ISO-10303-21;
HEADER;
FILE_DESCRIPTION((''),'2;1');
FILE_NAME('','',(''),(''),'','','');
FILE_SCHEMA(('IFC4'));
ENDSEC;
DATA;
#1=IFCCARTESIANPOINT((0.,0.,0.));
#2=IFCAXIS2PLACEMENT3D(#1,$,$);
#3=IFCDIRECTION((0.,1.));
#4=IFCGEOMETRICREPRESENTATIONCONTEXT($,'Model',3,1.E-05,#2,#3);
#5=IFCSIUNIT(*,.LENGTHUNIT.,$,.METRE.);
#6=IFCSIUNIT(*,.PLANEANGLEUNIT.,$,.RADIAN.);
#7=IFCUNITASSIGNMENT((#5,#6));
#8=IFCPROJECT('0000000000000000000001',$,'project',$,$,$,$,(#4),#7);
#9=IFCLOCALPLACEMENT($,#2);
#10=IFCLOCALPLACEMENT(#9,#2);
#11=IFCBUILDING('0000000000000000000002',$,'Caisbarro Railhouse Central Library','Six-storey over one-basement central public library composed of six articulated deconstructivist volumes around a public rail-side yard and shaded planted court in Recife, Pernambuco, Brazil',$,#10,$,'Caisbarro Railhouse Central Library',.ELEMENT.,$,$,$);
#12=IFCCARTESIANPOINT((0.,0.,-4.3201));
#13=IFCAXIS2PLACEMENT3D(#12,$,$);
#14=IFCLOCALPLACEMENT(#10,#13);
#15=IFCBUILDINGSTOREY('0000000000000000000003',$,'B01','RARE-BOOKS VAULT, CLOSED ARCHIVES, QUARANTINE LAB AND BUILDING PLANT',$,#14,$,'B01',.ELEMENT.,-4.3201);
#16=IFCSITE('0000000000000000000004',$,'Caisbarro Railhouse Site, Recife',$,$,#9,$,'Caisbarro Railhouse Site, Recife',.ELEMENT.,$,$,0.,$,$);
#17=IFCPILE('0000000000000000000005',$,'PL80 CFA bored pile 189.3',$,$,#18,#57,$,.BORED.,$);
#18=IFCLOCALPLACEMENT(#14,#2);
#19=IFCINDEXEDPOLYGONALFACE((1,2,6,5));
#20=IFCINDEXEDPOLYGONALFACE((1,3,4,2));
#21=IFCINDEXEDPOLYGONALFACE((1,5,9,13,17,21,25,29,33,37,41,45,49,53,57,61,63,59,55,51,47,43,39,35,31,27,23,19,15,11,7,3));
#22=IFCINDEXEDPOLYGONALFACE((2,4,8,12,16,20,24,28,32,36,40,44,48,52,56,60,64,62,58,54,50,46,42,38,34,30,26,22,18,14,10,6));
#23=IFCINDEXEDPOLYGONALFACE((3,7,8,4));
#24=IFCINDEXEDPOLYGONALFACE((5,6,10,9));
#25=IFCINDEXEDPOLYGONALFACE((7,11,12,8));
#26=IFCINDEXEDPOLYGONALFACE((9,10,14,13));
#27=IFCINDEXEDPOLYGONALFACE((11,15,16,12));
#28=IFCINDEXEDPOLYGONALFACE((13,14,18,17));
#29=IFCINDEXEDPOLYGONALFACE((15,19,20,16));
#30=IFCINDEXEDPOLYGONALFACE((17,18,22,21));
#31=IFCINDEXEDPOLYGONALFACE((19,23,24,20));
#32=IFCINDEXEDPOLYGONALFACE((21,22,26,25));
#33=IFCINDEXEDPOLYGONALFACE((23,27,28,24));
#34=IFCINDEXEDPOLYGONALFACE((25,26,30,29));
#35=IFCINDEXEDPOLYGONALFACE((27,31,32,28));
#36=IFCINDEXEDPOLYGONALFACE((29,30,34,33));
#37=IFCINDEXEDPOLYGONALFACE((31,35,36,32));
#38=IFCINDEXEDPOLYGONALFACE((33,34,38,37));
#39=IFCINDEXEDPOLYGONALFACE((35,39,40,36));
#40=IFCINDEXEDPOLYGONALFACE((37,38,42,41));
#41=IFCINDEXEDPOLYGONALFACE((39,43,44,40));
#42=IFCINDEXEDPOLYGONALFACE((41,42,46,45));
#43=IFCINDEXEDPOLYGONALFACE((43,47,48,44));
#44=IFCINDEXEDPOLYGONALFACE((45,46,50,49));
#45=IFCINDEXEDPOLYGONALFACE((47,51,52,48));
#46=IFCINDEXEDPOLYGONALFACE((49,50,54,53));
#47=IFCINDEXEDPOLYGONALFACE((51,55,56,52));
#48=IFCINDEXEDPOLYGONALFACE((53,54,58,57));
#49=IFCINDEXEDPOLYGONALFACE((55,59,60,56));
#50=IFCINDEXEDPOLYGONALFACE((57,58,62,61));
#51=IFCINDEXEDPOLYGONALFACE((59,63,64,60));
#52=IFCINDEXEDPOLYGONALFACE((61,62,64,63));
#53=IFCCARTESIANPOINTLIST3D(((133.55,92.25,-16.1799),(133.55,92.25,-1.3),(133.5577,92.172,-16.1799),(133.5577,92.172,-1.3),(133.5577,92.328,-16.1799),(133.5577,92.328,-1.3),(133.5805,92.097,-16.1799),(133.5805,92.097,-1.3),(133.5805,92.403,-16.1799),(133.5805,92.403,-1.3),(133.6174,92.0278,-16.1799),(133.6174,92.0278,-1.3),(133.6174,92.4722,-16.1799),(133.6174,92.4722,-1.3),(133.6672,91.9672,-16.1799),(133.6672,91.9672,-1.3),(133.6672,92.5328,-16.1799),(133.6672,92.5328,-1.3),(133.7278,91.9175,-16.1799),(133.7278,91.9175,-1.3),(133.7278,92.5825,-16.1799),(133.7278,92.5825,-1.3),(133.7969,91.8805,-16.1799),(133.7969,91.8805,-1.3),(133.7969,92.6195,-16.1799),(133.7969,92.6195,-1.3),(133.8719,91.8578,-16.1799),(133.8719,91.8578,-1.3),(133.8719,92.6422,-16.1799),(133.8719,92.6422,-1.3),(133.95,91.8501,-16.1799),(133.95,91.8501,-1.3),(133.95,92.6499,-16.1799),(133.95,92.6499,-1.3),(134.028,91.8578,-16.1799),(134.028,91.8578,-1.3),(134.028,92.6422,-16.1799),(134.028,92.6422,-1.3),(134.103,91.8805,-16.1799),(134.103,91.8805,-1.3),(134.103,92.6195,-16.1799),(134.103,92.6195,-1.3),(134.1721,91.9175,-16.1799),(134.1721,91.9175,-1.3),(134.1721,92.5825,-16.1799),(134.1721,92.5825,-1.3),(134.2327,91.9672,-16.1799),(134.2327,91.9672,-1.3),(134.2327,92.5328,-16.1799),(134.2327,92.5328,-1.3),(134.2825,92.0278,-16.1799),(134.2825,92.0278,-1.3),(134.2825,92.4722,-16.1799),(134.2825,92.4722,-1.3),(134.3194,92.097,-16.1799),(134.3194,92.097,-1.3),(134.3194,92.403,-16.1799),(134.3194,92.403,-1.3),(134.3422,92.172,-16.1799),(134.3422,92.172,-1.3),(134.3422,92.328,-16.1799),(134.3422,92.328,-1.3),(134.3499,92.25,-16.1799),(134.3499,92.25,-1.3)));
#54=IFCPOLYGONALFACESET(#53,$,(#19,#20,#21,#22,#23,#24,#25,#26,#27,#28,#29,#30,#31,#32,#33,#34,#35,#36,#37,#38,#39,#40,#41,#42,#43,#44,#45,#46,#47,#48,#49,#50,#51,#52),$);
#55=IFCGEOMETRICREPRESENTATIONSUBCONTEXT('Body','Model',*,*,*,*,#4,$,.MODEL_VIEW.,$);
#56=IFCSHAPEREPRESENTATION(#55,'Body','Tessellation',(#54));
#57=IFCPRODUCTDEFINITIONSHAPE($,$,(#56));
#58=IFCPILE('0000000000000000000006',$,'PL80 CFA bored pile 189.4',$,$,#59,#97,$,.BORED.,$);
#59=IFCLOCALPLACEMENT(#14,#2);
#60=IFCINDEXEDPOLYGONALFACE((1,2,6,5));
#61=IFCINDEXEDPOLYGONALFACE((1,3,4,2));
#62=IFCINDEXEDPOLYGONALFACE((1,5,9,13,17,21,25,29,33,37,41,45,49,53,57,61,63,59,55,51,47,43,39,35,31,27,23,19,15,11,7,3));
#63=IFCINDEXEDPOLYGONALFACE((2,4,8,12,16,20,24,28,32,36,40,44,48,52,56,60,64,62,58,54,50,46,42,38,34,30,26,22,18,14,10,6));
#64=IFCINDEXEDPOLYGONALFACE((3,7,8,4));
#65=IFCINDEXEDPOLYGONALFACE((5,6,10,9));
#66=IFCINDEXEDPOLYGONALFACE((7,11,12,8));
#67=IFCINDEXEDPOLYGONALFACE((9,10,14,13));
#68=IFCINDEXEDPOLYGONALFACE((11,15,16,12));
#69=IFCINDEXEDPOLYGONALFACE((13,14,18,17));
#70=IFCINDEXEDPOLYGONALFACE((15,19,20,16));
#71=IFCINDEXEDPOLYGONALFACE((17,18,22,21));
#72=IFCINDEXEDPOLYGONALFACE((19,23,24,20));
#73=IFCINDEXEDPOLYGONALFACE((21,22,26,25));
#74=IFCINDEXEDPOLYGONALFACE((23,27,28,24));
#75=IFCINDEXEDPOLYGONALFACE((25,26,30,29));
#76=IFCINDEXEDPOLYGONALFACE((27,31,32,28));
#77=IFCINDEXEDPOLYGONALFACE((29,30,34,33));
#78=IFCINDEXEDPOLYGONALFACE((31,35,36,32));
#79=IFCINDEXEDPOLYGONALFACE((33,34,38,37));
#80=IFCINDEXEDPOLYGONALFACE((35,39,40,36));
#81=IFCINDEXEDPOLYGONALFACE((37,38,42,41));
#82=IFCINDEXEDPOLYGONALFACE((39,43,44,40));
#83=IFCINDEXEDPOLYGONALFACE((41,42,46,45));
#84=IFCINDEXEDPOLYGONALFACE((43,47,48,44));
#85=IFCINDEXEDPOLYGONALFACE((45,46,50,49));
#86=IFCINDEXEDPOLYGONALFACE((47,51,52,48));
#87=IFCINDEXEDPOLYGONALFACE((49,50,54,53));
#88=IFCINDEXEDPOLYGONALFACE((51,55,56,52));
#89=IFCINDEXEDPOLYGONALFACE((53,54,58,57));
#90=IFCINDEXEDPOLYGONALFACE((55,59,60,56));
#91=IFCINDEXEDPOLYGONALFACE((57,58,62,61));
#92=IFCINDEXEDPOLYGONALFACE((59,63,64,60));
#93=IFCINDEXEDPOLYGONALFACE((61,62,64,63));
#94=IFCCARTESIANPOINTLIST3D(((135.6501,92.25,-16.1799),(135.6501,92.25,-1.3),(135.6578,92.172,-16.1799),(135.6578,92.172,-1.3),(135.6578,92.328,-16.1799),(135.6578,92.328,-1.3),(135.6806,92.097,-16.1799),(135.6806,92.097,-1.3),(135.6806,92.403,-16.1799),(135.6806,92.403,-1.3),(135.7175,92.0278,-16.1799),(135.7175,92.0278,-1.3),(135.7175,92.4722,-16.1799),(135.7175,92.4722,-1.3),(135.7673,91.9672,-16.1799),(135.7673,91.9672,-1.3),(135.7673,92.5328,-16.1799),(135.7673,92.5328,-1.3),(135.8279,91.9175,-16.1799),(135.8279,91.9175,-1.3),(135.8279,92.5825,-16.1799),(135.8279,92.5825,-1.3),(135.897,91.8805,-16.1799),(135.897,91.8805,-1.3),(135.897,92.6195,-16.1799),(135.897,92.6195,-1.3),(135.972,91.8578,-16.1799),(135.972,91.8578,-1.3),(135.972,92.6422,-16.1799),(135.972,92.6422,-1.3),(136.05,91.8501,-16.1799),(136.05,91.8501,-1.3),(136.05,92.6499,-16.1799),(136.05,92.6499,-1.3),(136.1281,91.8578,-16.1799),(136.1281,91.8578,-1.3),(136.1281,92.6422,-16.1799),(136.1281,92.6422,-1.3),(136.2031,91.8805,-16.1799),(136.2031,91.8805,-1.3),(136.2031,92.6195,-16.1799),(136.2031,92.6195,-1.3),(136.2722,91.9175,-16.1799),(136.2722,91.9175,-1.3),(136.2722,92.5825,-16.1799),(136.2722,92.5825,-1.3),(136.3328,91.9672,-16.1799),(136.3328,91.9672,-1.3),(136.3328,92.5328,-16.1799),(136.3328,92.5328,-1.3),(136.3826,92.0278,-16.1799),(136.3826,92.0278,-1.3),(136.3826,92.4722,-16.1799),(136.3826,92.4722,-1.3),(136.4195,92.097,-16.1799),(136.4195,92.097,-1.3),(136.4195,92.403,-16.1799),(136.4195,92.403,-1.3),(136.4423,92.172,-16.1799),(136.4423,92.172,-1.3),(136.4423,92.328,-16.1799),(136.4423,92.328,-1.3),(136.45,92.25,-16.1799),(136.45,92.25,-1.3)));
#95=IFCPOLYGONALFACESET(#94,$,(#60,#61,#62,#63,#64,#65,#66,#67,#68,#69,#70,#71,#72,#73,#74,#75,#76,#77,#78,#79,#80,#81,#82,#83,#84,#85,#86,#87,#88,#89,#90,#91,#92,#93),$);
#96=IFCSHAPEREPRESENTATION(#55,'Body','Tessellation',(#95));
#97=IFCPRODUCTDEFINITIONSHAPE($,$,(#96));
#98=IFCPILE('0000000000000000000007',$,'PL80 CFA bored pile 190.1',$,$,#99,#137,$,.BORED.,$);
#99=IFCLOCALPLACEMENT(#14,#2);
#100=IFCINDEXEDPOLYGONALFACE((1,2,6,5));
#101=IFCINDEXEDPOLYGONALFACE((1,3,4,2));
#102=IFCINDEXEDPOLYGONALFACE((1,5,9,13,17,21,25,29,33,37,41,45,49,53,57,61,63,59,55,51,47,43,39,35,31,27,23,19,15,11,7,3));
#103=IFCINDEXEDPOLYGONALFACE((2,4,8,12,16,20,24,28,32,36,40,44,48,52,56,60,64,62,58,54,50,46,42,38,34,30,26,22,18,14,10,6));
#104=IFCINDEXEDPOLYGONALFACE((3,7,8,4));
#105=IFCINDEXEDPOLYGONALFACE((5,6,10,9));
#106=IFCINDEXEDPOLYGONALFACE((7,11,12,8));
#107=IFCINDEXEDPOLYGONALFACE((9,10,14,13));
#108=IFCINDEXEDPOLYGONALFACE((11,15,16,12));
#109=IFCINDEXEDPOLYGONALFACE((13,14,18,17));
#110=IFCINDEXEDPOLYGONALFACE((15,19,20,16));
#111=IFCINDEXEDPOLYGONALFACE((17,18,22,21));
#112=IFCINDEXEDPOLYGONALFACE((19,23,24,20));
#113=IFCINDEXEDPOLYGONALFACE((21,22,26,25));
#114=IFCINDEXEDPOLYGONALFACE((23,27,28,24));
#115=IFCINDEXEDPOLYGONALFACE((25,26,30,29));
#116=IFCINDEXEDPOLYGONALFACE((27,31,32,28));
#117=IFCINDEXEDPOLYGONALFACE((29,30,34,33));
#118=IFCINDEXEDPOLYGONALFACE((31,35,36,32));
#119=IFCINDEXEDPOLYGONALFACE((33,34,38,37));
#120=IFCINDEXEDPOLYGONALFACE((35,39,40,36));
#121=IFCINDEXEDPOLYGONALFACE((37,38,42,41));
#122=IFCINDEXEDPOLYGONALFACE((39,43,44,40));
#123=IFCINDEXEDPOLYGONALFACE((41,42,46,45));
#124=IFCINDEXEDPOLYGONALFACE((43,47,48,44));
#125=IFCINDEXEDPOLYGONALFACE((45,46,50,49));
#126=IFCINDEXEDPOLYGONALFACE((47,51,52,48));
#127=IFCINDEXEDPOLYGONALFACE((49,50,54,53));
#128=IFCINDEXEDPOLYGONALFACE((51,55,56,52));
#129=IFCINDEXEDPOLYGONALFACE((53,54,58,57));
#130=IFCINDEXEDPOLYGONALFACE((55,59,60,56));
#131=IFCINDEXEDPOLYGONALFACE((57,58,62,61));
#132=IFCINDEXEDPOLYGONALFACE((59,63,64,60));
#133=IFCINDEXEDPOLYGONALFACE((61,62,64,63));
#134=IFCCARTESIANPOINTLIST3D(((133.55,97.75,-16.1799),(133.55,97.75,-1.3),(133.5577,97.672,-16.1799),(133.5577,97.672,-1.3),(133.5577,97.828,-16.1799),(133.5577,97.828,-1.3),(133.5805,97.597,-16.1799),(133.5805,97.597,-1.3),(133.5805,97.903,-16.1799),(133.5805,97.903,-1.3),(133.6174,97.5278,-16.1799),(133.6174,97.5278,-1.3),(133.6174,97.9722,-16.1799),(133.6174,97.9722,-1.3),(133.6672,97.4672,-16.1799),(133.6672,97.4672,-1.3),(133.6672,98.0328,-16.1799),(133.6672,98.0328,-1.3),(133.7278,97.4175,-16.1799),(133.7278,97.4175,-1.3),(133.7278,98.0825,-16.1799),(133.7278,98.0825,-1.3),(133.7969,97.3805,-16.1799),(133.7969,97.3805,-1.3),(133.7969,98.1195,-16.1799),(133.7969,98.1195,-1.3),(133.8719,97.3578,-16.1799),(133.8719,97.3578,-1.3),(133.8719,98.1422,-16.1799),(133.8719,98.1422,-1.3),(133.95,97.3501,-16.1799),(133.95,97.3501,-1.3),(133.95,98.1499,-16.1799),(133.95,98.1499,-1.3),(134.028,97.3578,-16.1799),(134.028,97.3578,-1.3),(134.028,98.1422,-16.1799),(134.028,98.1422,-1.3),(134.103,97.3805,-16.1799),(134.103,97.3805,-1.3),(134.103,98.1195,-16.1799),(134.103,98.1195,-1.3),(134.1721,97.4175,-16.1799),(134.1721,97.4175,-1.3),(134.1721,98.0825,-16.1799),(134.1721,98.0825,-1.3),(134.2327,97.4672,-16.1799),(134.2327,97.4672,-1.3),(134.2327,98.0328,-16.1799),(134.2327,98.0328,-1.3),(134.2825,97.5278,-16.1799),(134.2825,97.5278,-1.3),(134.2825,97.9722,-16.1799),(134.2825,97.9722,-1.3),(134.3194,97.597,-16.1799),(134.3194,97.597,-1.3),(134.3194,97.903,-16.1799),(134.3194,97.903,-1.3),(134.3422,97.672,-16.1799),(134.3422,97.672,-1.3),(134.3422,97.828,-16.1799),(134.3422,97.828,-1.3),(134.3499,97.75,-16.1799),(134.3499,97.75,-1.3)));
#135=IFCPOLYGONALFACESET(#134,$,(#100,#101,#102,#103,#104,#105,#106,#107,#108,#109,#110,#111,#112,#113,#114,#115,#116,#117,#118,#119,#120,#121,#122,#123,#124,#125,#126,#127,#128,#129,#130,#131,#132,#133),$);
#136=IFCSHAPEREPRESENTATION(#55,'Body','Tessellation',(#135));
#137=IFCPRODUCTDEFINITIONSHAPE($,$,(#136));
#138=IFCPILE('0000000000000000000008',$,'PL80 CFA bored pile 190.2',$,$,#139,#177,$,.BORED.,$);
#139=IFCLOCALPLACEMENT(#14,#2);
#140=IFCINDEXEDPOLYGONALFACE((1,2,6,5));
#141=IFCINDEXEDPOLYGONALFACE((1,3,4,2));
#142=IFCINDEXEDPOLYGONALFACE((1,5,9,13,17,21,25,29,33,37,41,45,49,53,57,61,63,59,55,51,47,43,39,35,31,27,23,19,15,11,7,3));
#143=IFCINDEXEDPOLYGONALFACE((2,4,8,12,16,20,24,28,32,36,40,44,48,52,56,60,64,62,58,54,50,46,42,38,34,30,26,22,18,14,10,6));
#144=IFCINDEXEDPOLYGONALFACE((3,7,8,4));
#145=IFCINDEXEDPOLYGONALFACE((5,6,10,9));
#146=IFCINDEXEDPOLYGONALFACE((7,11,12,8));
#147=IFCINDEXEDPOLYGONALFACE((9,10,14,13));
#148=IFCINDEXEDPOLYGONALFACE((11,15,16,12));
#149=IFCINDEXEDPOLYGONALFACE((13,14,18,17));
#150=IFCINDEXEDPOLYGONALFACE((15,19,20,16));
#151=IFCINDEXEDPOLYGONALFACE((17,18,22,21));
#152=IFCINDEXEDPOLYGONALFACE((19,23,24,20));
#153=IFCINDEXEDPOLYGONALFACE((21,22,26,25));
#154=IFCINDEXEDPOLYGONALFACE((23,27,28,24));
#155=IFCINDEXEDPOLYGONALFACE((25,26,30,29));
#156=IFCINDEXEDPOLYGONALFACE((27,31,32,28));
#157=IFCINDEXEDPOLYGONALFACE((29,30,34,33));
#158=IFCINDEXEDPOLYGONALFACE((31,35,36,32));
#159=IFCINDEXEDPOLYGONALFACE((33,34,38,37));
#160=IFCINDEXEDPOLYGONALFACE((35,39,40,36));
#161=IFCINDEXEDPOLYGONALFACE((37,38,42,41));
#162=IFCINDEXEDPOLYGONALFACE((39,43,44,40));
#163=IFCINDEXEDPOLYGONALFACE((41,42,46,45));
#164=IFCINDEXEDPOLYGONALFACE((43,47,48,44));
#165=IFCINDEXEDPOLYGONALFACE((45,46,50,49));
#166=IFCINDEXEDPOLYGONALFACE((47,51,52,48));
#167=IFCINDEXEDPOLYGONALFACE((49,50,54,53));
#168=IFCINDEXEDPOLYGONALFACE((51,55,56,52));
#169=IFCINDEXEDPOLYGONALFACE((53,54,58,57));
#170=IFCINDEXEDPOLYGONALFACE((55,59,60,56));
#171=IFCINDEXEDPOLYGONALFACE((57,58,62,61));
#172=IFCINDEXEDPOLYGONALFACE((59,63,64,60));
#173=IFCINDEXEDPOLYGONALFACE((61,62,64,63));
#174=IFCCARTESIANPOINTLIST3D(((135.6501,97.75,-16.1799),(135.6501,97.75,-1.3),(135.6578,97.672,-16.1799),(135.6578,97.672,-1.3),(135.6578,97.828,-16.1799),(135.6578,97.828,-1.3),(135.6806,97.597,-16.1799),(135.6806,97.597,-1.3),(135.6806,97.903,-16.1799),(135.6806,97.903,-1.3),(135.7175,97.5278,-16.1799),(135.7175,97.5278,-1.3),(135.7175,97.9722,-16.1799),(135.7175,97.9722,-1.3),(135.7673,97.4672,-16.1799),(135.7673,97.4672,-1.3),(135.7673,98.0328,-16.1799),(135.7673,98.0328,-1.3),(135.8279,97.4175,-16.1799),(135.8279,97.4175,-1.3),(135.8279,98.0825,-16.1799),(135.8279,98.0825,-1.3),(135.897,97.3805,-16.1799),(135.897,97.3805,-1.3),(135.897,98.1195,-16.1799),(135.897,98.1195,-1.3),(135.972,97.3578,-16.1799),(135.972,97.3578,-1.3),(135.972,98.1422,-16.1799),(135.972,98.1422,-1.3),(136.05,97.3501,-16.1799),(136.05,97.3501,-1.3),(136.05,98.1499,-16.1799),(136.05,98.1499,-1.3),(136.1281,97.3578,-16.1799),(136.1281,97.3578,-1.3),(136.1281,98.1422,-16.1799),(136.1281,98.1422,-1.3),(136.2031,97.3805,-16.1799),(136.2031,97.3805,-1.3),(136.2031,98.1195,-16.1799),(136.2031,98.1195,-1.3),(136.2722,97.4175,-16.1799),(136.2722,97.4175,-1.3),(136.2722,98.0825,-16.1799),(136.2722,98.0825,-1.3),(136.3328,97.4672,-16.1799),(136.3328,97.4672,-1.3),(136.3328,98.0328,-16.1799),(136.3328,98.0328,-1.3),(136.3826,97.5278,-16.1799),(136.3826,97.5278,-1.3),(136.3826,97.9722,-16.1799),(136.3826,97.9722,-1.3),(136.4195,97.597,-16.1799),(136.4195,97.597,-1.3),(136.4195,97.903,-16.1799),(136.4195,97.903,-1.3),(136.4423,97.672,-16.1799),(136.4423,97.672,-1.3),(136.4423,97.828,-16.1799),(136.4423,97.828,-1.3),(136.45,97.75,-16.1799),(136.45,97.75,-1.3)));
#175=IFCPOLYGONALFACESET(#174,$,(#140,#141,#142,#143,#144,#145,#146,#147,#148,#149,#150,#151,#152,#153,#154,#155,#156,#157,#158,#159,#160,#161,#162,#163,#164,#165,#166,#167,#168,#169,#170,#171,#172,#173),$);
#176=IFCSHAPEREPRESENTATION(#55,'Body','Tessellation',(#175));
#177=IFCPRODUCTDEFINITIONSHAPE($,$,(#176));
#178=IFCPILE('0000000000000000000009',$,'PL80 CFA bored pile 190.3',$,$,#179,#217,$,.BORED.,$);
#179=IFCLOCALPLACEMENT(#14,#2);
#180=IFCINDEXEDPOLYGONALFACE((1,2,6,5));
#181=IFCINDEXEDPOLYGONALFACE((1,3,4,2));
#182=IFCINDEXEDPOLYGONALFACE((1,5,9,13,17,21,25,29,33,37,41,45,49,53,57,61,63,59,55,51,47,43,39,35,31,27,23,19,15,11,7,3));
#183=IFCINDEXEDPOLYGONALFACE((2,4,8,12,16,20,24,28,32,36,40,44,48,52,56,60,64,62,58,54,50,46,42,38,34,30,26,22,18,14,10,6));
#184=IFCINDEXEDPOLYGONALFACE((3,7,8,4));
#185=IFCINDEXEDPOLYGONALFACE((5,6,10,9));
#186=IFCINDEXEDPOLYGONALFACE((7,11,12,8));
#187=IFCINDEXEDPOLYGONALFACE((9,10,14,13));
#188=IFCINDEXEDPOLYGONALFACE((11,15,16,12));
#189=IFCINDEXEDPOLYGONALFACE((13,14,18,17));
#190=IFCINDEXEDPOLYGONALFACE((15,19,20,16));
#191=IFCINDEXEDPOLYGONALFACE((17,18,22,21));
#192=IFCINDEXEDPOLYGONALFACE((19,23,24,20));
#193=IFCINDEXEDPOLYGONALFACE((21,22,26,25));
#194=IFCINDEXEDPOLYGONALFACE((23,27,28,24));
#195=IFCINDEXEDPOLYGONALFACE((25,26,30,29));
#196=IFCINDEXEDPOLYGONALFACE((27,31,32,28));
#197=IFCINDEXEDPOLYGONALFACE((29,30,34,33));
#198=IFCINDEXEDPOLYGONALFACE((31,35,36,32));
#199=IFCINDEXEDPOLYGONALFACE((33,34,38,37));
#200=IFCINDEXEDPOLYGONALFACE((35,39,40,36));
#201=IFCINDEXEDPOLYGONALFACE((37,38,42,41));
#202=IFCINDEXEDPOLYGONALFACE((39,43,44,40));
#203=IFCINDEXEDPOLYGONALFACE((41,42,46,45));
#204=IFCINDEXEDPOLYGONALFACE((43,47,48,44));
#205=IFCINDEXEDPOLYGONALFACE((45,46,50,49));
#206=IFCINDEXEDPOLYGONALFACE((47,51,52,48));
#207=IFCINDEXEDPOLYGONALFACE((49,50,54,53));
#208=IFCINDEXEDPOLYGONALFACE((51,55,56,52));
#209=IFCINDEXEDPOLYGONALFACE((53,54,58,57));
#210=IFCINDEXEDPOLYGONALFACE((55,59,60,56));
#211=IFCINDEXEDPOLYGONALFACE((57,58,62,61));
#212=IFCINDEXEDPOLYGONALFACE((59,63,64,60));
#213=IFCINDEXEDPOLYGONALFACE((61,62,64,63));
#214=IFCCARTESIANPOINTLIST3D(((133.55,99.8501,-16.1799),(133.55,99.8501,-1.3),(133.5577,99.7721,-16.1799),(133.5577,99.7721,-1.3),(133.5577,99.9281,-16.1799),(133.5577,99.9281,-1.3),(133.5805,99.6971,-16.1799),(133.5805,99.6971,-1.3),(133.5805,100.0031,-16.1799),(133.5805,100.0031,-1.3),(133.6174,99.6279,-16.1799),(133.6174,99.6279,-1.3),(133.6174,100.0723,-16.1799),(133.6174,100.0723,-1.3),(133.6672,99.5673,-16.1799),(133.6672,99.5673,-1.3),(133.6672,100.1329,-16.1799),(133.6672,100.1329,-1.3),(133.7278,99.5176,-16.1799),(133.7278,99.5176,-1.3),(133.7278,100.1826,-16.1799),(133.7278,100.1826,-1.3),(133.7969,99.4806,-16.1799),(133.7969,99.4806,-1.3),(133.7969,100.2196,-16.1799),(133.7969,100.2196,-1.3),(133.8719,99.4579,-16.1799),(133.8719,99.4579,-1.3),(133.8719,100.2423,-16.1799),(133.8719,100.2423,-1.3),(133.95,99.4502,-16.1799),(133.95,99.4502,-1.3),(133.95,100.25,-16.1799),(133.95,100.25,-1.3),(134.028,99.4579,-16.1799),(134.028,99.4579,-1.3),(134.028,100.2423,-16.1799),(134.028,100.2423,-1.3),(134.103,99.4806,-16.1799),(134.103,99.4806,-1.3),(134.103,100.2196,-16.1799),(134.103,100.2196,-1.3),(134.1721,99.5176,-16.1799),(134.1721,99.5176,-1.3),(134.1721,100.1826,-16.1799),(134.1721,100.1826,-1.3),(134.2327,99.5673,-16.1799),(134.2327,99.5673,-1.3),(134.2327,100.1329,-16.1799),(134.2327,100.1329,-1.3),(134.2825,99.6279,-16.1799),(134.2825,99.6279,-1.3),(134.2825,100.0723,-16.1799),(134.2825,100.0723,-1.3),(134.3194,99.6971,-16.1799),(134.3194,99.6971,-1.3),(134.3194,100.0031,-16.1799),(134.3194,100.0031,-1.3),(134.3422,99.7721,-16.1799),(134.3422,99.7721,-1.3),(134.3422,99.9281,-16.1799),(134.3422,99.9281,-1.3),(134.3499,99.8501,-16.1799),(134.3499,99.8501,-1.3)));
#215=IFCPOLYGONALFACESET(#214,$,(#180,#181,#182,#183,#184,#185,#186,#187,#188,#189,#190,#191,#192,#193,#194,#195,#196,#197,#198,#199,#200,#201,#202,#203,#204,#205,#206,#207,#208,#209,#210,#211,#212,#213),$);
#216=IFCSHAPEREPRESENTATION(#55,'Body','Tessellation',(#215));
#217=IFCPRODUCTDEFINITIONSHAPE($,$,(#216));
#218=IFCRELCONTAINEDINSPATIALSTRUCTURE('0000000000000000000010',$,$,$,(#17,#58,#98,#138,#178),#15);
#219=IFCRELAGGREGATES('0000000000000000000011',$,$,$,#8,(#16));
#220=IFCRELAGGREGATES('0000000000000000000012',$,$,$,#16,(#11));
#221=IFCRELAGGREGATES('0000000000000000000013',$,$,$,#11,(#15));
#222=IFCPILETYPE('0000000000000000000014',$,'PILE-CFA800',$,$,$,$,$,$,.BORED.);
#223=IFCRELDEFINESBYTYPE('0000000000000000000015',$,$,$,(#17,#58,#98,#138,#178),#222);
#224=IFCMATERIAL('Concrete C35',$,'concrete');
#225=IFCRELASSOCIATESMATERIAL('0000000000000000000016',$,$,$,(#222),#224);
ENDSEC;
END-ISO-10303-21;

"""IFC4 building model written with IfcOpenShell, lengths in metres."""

from ifc_helpers import new_model, si_unit, direction, frame, origin, origin_2d, place, context, subcontext, project, spatial, circle, extrude, material, material_profile, profile_set, type_object, element, save


model = new_model("IFC4")

# Units and contexts
model_context = context("Model", 3, precision=1e-05, world=origin(), true_north=direction((0.0, 1.0)))
body_context = subcontext(model_context, "Body", "Model", "MODEL_VIEW")
ifc_project = project(units=[si_unit("LENGTHUNIT", "METRE"), si_unit("PLANEANGLEUNIT", "RADIAN")], contexts=[model_context])

# Site, building, storey
site_placement = place(None, origin())
site = spatial("IfcSite", under=ifc_project, at=site_placement, Name="Caisbarro Railhouse Site, Recife", LongName="Caisbarro Railhouse Site, Recife", CompositionType="ELEMENT", RefElevation=0.0)
building_placement = place(site_placement, origin())
building = spatial("IfcBuilding", under=site, at=building_placement, Name="Caisbarro Railhouse Central Library", Description="Six-storey over one-basement central public library composed of six articulated deconstructivist volumes around a public rail-side yard and shaded planted court in Recife, Pernambuco, Brazil", LongName="Caisbarro Railhouse Central Library", CompositionType="ELEMENT")
storey_placement = place(building_placement, frame((0.0, 0.0, -4.3201)))
storey = spatial("IfcBuildingStorey", under=building, at=storey_placement, Name="B01", Description="RARE-BOOKS VAULT, CLOSED ARCHIVES, QUARANTINE LAB AND BUILDING PLANT", LongName="B01", CompositionType="ELEMENT", Elevation=-4.3201)

# Shared definitions
ifc_material_1 = material(Name="Concrete C35", Category="concrete")

# Piles
ifc_material_profile_1 = material_profile(ifc_material_1, circle(Radius=0.3999, at=origin_2d()), Name="PILE-CFA-800")
ifc_profile_set_1 = profile_set([ifc_material_profile_1], Name="Concrete C35")
pile_type = type_object("IfcPileType", Name="PILE-CFA800", PredefinedType="BORED", material=ifc_profile_set_1)
for number, where, z_axis, x_axis, name in (
    (1, (133.95, 92.25, -1.3), (0.0, 0.0, -1.0), (1.0, 0.0, 0.0), "PL80 CFA bored pile 189.3"),
    (2, (136.05, 92.25, -1.3), (0.0, 0.0, -1.0), (1.0, 0.0, 0.0), "PL80 CFA bored pile 189.4"),
    (3, (133.95, 97.75, -1.3), (0.0, 0.0, -1.0), (1.0, 0.0, 0.0), "PL80 CFA bored pile 190.1"),
    (4, (136.05, 97.75, -1.3), (0.0, 0.0, -1.0), (1.0, 0.0, 0.0), "PL80 CFA bored pile 190.2"),
    (5, (133.95, 99.8501, -1.3), (0.0, 0.0, -1.0), (1.0, 0.0, 0.0), "PL80 CFA bored pile 190.3"),
):
    element("IfcPile", number, at=place(storey_placement, frame(where, z_axis=z_axis, x_axis=x_axis)), inside=storey, type_object=pile_type, Name=name, PredefinedType="BORED", context=body_context, shape_type="SweptSolid", body=[
        extrude(circle(Radius=0.3999, at=origin_2d()), origin(), (0.0, 0.0, 1.0), 14.8799),
    ])

save(model, "model.ifc")
